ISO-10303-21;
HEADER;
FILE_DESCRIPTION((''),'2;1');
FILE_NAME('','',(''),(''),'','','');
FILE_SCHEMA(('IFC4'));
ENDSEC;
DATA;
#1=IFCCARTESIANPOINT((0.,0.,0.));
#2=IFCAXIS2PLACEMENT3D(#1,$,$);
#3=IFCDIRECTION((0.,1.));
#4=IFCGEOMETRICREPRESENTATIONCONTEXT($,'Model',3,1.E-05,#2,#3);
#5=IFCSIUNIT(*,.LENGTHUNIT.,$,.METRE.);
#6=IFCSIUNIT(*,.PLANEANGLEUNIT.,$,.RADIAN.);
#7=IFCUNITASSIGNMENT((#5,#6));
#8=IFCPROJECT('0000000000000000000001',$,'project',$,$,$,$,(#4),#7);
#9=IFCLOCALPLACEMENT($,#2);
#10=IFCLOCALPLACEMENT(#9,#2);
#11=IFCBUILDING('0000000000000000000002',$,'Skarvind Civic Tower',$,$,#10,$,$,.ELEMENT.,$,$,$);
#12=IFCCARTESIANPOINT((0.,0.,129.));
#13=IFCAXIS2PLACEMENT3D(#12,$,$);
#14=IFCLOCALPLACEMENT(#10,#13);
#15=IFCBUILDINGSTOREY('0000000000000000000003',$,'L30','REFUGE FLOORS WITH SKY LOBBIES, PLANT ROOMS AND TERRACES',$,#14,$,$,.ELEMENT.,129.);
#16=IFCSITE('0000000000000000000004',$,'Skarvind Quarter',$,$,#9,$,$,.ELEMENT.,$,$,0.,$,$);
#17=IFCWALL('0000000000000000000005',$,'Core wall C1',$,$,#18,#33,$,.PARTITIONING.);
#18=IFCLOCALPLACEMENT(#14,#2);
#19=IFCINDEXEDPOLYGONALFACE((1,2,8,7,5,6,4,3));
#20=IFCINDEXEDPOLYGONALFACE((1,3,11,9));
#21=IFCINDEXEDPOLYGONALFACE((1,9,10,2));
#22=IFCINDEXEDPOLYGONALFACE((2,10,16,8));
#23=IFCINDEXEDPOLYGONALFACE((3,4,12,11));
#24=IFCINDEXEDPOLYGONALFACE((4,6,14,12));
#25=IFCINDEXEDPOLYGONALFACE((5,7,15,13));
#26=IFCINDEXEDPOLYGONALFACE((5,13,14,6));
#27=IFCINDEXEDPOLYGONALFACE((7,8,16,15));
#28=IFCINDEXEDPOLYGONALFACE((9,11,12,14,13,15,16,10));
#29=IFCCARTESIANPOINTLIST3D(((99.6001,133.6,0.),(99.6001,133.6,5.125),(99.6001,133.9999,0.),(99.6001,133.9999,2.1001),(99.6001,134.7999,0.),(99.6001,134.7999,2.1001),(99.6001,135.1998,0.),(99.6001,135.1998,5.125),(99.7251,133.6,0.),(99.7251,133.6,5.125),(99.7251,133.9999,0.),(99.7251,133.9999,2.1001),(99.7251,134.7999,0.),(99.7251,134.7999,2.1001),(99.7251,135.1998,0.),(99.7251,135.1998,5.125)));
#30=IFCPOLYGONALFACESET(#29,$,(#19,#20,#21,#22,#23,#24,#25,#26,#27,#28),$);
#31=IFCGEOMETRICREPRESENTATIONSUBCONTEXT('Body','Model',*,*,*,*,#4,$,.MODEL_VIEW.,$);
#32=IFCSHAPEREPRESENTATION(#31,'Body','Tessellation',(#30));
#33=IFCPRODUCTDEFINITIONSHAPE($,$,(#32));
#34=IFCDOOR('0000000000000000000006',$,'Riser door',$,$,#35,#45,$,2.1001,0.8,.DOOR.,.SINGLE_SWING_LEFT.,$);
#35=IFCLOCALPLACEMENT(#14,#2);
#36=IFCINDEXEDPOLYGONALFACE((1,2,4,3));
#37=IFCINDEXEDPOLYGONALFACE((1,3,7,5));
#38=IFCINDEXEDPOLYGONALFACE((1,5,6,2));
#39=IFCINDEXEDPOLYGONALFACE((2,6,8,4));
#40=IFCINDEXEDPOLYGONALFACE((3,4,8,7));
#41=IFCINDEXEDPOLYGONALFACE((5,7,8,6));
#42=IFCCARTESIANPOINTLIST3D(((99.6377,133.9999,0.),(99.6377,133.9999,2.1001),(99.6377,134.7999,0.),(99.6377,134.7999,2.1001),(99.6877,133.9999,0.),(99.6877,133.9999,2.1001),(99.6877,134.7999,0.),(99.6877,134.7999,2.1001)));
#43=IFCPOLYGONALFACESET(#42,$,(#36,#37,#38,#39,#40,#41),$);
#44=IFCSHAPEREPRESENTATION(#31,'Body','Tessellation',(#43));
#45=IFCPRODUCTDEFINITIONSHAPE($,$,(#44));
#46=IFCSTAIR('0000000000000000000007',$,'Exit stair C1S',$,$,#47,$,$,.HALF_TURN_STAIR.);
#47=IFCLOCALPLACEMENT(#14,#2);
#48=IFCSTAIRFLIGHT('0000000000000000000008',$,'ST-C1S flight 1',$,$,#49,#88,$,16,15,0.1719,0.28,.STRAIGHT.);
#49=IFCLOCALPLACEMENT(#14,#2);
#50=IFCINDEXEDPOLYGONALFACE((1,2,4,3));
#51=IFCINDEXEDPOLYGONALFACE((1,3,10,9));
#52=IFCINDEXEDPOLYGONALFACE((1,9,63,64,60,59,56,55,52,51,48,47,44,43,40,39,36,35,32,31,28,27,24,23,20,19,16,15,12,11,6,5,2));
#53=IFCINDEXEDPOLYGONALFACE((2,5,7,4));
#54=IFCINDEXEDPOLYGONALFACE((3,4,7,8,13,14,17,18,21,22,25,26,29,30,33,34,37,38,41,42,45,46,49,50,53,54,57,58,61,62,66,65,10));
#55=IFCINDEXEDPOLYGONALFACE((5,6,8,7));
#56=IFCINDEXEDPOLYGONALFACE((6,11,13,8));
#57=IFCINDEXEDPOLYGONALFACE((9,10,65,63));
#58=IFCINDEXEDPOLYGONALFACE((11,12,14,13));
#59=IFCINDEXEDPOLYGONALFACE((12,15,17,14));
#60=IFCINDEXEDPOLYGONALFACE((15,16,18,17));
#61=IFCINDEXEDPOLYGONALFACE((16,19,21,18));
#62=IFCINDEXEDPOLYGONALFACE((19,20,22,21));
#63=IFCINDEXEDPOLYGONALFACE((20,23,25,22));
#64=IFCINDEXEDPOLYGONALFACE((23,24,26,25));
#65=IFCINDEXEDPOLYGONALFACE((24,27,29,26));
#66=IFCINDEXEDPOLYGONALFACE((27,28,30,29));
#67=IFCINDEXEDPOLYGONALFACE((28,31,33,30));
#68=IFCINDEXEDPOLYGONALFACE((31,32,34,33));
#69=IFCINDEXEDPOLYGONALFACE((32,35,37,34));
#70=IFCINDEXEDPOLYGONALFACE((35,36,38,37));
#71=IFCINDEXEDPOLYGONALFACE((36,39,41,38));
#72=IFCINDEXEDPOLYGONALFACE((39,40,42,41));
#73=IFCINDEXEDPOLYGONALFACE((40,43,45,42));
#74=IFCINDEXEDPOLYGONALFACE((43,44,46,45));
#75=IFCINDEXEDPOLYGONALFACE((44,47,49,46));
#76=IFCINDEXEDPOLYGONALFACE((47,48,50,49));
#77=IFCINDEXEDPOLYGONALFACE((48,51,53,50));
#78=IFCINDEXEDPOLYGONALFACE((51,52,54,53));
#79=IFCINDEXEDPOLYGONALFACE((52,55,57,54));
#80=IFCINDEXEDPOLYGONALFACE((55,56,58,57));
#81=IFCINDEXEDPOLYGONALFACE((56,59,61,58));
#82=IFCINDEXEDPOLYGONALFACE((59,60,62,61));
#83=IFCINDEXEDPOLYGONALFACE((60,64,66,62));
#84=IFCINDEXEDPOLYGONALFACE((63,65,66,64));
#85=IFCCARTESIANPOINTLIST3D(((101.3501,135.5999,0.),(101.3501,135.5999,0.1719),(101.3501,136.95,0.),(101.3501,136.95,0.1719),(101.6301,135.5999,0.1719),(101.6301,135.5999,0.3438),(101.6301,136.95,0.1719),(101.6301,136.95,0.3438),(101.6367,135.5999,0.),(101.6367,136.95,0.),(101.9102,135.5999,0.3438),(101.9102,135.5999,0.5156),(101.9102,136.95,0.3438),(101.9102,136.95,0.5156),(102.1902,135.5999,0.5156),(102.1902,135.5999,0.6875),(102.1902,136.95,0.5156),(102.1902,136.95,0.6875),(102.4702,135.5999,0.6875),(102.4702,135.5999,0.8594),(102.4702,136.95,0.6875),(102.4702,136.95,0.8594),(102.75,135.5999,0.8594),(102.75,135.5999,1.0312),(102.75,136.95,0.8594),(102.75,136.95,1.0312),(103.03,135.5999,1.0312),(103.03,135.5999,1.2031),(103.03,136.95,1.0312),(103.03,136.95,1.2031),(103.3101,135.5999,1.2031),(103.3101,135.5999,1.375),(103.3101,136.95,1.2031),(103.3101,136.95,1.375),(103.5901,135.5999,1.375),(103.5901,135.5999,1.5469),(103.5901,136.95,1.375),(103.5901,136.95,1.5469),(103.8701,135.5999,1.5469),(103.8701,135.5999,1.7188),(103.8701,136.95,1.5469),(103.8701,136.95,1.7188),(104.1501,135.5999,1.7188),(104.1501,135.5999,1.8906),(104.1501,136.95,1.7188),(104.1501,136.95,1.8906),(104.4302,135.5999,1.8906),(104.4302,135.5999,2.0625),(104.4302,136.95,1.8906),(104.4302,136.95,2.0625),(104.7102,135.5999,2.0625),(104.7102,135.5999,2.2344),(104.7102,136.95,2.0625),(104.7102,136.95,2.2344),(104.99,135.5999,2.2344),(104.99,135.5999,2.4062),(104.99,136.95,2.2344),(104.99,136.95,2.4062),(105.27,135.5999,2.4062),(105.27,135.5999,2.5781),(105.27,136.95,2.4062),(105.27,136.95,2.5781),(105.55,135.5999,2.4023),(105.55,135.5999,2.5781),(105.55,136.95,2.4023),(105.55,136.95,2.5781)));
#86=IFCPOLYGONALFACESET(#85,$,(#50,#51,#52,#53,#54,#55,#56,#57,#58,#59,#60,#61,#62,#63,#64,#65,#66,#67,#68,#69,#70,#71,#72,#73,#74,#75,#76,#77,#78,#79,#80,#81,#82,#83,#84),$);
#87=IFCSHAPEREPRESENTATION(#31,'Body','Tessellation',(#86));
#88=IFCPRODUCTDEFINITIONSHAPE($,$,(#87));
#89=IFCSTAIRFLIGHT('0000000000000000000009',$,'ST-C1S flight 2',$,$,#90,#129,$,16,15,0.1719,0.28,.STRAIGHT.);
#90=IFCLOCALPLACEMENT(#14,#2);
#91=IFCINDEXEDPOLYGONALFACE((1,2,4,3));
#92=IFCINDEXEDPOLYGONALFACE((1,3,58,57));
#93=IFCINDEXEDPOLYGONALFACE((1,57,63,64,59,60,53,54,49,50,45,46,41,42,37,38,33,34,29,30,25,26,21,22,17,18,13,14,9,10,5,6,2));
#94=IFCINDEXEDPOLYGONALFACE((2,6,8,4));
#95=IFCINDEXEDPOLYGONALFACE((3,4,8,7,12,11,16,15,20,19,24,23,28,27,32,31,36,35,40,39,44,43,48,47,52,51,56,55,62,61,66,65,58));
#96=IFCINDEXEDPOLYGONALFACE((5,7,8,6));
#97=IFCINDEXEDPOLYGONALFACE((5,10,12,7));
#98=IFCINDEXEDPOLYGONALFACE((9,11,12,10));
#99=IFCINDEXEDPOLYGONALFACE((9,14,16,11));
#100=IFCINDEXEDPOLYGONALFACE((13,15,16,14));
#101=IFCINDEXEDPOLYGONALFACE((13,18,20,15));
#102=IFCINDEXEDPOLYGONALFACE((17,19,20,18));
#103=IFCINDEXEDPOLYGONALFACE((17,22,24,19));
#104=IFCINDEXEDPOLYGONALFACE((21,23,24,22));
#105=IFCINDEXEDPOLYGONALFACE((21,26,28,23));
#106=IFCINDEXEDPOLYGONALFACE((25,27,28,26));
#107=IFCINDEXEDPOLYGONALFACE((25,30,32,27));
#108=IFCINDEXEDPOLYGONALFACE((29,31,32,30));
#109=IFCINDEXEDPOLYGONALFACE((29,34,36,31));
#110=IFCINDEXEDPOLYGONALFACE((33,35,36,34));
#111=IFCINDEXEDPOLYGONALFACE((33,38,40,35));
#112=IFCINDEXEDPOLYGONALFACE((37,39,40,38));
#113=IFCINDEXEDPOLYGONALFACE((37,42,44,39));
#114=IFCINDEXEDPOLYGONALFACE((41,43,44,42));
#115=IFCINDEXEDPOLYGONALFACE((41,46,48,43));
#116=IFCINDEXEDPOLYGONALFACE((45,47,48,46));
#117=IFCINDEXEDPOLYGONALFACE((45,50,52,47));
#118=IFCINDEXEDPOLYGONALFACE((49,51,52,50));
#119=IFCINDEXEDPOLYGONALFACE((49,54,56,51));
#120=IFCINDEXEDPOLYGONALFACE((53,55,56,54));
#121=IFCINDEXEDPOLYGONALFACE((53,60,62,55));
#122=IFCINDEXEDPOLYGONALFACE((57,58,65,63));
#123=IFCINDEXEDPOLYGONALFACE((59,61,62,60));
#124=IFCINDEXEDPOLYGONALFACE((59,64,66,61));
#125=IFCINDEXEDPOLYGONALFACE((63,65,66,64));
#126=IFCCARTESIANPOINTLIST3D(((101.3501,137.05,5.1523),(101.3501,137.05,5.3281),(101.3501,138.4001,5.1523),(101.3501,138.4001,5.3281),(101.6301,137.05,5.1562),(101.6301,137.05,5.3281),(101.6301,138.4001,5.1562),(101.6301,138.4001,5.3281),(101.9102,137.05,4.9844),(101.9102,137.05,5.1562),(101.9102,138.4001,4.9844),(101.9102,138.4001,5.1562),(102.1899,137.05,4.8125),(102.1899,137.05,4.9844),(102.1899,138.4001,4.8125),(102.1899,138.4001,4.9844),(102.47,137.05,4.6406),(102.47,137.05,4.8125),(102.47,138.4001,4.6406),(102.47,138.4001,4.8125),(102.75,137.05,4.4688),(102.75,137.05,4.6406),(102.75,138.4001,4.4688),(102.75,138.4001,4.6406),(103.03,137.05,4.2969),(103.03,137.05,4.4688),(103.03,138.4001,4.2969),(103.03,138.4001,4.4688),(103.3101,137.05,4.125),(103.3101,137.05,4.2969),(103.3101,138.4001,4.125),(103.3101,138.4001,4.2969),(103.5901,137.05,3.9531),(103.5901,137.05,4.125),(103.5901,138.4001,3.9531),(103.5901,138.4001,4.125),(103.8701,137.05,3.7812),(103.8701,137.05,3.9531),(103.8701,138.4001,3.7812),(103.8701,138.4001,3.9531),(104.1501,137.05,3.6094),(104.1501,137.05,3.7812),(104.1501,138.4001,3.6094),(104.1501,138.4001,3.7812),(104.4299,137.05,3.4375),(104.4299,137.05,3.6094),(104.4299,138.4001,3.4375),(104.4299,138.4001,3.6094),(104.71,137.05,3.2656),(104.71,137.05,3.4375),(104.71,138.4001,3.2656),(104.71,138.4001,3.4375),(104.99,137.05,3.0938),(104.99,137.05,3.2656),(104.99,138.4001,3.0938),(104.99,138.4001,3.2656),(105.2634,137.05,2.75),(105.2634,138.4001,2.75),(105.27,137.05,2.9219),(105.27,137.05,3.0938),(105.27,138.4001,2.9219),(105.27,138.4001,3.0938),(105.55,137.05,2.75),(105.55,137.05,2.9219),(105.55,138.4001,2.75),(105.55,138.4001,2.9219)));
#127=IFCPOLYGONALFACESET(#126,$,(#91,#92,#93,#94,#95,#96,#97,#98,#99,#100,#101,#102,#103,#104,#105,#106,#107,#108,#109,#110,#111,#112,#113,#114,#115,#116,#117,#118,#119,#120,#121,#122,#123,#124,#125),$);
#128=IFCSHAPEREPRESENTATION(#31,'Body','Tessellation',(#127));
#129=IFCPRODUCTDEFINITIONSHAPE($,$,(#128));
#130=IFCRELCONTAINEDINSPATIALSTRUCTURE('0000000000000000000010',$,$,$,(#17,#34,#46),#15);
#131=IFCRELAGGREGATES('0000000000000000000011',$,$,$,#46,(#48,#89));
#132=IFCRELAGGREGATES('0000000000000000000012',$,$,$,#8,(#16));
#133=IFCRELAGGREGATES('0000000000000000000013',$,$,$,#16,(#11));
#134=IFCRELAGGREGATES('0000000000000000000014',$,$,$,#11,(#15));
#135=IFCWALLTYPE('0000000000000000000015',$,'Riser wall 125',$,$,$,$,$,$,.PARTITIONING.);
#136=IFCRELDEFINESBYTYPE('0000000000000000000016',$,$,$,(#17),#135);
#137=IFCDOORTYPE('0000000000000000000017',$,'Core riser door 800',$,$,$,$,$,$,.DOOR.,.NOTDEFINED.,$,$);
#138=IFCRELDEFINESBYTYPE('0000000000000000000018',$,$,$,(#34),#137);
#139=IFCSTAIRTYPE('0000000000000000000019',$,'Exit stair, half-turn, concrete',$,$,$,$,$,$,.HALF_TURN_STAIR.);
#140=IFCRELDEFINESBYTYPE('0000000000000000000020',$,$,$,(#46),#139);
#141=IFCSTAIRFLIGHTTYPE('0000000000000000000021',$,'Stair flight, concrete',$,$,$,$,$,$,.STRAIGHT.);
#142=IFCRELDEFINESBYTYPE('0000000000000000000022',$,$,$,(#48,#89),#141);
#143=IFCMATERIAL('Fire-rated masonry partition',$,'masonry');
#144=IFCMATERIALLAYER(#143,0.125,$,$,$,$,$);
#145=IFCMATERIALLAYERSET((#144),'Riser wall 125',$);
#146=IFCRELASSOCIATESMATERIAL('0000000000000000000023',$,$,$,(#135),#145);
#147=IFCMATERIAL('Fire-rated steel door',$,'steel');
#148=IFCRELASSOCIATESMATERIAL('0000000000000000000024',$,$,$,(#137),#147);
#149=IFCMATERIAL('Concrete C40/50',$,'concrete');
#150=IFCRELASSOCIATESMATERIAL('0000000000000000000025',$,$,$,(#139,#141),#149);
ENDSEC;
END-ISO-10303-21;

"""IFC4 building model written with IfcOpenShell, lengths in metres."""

from ifc_helpers import new_model, si_unit, direction, frame, frame_2d, origin, place, context, subcontext, project, spatial, polyline, rectangle, outline, extrude, material, layer, layer_set, type_object, element, fill, aggregate, save


model = new_model("IFC4")

# Units and contexts
model_context = context("Model", 3, precision=1e-05, world=origin(), true_north=direction((0.0, 1.0)))
body_context = subcontext(model_context, "Body", "Model", "MODEL_VIEW")
ifc_project = project(units=[si_unit("LENGTHUNIT", "METRE"), si_unit("PLANEANGLEUNIT", "RADIAN")], contexts=[model_context])

# Site, building, storey
site_placement = place(None, origin())
site = spatial("IfcSite", under=ifc_project, at=site_placement, Name="Skarvind Quarter", CompositionType="ELEMENT", RefElevation=0.0)
building_placement = place(site_placement, origin())
building = spatial("IfcBuilding", under=site, at=building_placement, Name="Skarvind Civic Tower", CompositionType="ELEMENT")
storey_placement = place(building_placement, frame((0.0, 0.0, 129.0)))
storey = spatial("IfcBuildingStorey", under=building, at=storey_placement, Name="L30", Description="REFUGE FLOORS WITH SKY LOBBIES, PLANT ROOMS AND TERRACES", CompositionType="ELEMENT", Elevation=129.0)

# Shared definitions
ifc_material_1 = material(Name="Fire-rated steel door", Category="steel")

# Wall, opening, door
ifc_material_2 = material(Name="Fire-rated masonry partition", Category="masonry")
ifc_layer_1 = layer(ifc_material_2, 0.125)
ifc_layer_set_1 = layer_set([ifc_layer_1], Name="Riser wall 125")
wall_type_1 = type_object("IfcWallType", Name="Riser wall 125", PredefinedType="PARTITIONING", material=ifc_layer_set_1)
wall_1_placement = place(storey_placement, frame((99.6626, 133.6001, 0.0), z_axis=(0.0, 0.0, 1.0), x_axis=(0.0, 1.0, 0.0)))
wall_1 = element("IfcWall", 1, at=wall_1_placement, inside=storey, type_object=wall_type_1, Name="Core wall C1", PredefinedType="PARTITIONING", context=body_context, shape_type="SweptSolid", body=[
    extrude(rectangle(XDim=1.5999, YDim=0.125, at=frame_2d((0.7998, 0.0))), origin(), (0.0, 0.0, 1.0), 5.125),
])
opening_1_placement = place(wall_1_placement, frame((0.3999, 0.0, 0.0)))
opening_1 = element("IfcOpeningElement", 2, at=opening_1_placement, cuts=wall_1, PredefinedType="OPENING", context=body_context, shape_type="SweptSolid", body=[
    extrude(rectangle(XDim=0.8, YDim=2.1001, at=frame_2d((0.3999, 1.05))), frame((0.0, 0.0725, 0.0), z_axis=(0.0, -1.0, 0.0), x_axis=(1.0, 0.0, 0.0)), (0.0, 0.0, 1.0), 0.145),
])
door_type_1 = type_object("IfcDoorType", Name="Core riser door 800", OperationType="NOTDEFINED", PredefinedType="DOOR", material=ifc_material_1)
door_1_placement = place(opening_1_placement, origin())
door_1 = element("IfcDoor", 3, at=door_1_placement, inside=storey, type_object=door_type_1, Name="Riser door", OperationType="SINGLE_SWING_LEFT", OverallHeight=2.1001, OverallWidth=0.8, PredefinedType="DOOR", context=body_context, shape_type="SweptSolid", body=[
    extrude(rectangle(XDim=0.8, YDim=2.1001, at=frame_2d((0.3999, 1.05))), frame((0.0, 0.0249, 0.0), z_axis=(0.0, -1.0, 0.0), x_axis=(1.0, 0.0, 0.0)), (0.0, 0.0, 1.0), 0.05),
])
fill(opening_1, door_1)

# Stair, stair flights
ifc_material_3 = material(Name="Concrete C40/50", Category="concrete")
stair_type = type_object("IfcStairType", Name="Exit stair, half-turn, concrete", PredefinedType="HALF_TURN_STAIR", material=ifc_material_3)
stair_placement = place(storey_placement, origin())
stair = element("IfcStair", 4, at=stair_placement, inside=storey, type_object=stair_type, Name="Exit stair C1S", PredefinedType="HALF_TURN_STAIR")
stair_flight_type = type_object("IfcStairFlightType", Name="Stair flight, concrete", PredefinedType="STRAIGHT", material=ifc_material_3)
stair_flight_1_placement = place(storey_placement, frame((101.3501, 136.2749, 0.0), z_axis=(0.0, 0.0, 1.0), x_axis=(1.0, 0.0, 0.0)))
stair_flight_1 = element("IfcStairFlight", 5, at=stair_flight_1_placement, type_object=stair_flight_type, Name="ST-C1S flight 1", NumberOfRisers=16, NumberOfTreads=15, PredefinedType="STRAIGHT", RiserHeight=0.1719, TreadLength=0.28, context=body_context, shape_type="SweptSolid", body=[
    extrude(outline(polyline([(0.0, 0.0), (0.0, 0.1719), (0.28, 0.1719), (0.28, 0.3438), (0.5601, 0.3438), (0.5601, 0.5156), (0.8401, 0.5156), (0.8401, 0.6875), (1.1201, 0.6875), (1.1201, 0.8594), (1.3999, 0.8594), (1.3999, 1.0312), (1.6799, 1.0312), (1.6799, 1.2031), (1.96, 1.2031), (1.96, 1.375), (2.24, 1.375), (2.24, 1.5469), (2.52, 1.5469), (2.52, 1.7188), (2.8, 1.7188), (2.8, 1.8906), (3.0801, 1.8906), (3.0801, 2.0625), (3.3601, 2.0625), (3.3601, 2.2344), (3.6399, 2.2344), (3.6399, 2.4062), (3.9199, 2.4062), (3.9199, 2.5781), (4.2, 2.5781), (4.2, 2.75), (4.2, 2.4023), (0.2866, 0.0), (0.0, 0.0)])), frame((0.0, 0.675, 0.0), z_axis=(0.0, -1.0, 0.0), x_axis=(1.0, 0.0, 0.0)), (0.0, 0.0, 1.0), 1.3501),
])
stair_flight_2_placement = place(storey_placement, frame((105.55, 137.7251, 2.75), z_axis=(0.0, 0.0, 1.0), x_axis=(-1.0, 0.0, 0.0)))
stair_flight_2 = element("IfcStairFlight", 6, at=stair_flight_2_placement, type_object=stair_flight_type, Name="ST-C1S flight 2", NumberOfRisers=16, NumberOfTreads=15, PredefinedType="STRAIGHT", RiserHeight=0.1719, TreadLength=0.28, context=body_context, shape_type="SweptSolid", body=[
    extrude(outline(polyline([(0.0, 0.0), (0.0, 0.1719), (0.28, 0.1719), (0.28, 0.3438), (0.5601, 0.3438), (0.5601, 0.5156), (0.8401, 0.5156), (0.8401, 0.6875), (1.1201, 0.6875), (1.1201, 0.8594), (1.3999, 0.8594), (1.3999, 1.0312), (1.6799, 1.0312), (1.6799, 1.2031), (1.96, 1.2031), (1.96, 1.375), (2.24, 1.375), (2.24, 1.5469), (2.52, 1.5469), (2.52, 1.7188), (2.8, 1.7188), (2.8, 1.8906), (3.0801, 1.8906), (3.0801, 2.0625), (3.3601, 2.0625), (3.3601, 2.2344), (3.6399, 2.2344), (3.6399, 2.4062), (3.9199, 2.4062), (3.9199, 2.5781), (4.2, 2.5781), (4.2, 2.75), (4.2, 2.4023), (0.2866, 0.0), (0.0, 0.0)])), frame((0.0, 0.675, 0.0), z_axis=(0.0, -1.0, 0.0), x_axis=(1.0, 0.0, 0.0)), (0.0, 0.0, 1.0), 1.3501),
])
aggregate(stair, [stair_flight_1, stair_flight_2])

save(model, "model.ifc")
